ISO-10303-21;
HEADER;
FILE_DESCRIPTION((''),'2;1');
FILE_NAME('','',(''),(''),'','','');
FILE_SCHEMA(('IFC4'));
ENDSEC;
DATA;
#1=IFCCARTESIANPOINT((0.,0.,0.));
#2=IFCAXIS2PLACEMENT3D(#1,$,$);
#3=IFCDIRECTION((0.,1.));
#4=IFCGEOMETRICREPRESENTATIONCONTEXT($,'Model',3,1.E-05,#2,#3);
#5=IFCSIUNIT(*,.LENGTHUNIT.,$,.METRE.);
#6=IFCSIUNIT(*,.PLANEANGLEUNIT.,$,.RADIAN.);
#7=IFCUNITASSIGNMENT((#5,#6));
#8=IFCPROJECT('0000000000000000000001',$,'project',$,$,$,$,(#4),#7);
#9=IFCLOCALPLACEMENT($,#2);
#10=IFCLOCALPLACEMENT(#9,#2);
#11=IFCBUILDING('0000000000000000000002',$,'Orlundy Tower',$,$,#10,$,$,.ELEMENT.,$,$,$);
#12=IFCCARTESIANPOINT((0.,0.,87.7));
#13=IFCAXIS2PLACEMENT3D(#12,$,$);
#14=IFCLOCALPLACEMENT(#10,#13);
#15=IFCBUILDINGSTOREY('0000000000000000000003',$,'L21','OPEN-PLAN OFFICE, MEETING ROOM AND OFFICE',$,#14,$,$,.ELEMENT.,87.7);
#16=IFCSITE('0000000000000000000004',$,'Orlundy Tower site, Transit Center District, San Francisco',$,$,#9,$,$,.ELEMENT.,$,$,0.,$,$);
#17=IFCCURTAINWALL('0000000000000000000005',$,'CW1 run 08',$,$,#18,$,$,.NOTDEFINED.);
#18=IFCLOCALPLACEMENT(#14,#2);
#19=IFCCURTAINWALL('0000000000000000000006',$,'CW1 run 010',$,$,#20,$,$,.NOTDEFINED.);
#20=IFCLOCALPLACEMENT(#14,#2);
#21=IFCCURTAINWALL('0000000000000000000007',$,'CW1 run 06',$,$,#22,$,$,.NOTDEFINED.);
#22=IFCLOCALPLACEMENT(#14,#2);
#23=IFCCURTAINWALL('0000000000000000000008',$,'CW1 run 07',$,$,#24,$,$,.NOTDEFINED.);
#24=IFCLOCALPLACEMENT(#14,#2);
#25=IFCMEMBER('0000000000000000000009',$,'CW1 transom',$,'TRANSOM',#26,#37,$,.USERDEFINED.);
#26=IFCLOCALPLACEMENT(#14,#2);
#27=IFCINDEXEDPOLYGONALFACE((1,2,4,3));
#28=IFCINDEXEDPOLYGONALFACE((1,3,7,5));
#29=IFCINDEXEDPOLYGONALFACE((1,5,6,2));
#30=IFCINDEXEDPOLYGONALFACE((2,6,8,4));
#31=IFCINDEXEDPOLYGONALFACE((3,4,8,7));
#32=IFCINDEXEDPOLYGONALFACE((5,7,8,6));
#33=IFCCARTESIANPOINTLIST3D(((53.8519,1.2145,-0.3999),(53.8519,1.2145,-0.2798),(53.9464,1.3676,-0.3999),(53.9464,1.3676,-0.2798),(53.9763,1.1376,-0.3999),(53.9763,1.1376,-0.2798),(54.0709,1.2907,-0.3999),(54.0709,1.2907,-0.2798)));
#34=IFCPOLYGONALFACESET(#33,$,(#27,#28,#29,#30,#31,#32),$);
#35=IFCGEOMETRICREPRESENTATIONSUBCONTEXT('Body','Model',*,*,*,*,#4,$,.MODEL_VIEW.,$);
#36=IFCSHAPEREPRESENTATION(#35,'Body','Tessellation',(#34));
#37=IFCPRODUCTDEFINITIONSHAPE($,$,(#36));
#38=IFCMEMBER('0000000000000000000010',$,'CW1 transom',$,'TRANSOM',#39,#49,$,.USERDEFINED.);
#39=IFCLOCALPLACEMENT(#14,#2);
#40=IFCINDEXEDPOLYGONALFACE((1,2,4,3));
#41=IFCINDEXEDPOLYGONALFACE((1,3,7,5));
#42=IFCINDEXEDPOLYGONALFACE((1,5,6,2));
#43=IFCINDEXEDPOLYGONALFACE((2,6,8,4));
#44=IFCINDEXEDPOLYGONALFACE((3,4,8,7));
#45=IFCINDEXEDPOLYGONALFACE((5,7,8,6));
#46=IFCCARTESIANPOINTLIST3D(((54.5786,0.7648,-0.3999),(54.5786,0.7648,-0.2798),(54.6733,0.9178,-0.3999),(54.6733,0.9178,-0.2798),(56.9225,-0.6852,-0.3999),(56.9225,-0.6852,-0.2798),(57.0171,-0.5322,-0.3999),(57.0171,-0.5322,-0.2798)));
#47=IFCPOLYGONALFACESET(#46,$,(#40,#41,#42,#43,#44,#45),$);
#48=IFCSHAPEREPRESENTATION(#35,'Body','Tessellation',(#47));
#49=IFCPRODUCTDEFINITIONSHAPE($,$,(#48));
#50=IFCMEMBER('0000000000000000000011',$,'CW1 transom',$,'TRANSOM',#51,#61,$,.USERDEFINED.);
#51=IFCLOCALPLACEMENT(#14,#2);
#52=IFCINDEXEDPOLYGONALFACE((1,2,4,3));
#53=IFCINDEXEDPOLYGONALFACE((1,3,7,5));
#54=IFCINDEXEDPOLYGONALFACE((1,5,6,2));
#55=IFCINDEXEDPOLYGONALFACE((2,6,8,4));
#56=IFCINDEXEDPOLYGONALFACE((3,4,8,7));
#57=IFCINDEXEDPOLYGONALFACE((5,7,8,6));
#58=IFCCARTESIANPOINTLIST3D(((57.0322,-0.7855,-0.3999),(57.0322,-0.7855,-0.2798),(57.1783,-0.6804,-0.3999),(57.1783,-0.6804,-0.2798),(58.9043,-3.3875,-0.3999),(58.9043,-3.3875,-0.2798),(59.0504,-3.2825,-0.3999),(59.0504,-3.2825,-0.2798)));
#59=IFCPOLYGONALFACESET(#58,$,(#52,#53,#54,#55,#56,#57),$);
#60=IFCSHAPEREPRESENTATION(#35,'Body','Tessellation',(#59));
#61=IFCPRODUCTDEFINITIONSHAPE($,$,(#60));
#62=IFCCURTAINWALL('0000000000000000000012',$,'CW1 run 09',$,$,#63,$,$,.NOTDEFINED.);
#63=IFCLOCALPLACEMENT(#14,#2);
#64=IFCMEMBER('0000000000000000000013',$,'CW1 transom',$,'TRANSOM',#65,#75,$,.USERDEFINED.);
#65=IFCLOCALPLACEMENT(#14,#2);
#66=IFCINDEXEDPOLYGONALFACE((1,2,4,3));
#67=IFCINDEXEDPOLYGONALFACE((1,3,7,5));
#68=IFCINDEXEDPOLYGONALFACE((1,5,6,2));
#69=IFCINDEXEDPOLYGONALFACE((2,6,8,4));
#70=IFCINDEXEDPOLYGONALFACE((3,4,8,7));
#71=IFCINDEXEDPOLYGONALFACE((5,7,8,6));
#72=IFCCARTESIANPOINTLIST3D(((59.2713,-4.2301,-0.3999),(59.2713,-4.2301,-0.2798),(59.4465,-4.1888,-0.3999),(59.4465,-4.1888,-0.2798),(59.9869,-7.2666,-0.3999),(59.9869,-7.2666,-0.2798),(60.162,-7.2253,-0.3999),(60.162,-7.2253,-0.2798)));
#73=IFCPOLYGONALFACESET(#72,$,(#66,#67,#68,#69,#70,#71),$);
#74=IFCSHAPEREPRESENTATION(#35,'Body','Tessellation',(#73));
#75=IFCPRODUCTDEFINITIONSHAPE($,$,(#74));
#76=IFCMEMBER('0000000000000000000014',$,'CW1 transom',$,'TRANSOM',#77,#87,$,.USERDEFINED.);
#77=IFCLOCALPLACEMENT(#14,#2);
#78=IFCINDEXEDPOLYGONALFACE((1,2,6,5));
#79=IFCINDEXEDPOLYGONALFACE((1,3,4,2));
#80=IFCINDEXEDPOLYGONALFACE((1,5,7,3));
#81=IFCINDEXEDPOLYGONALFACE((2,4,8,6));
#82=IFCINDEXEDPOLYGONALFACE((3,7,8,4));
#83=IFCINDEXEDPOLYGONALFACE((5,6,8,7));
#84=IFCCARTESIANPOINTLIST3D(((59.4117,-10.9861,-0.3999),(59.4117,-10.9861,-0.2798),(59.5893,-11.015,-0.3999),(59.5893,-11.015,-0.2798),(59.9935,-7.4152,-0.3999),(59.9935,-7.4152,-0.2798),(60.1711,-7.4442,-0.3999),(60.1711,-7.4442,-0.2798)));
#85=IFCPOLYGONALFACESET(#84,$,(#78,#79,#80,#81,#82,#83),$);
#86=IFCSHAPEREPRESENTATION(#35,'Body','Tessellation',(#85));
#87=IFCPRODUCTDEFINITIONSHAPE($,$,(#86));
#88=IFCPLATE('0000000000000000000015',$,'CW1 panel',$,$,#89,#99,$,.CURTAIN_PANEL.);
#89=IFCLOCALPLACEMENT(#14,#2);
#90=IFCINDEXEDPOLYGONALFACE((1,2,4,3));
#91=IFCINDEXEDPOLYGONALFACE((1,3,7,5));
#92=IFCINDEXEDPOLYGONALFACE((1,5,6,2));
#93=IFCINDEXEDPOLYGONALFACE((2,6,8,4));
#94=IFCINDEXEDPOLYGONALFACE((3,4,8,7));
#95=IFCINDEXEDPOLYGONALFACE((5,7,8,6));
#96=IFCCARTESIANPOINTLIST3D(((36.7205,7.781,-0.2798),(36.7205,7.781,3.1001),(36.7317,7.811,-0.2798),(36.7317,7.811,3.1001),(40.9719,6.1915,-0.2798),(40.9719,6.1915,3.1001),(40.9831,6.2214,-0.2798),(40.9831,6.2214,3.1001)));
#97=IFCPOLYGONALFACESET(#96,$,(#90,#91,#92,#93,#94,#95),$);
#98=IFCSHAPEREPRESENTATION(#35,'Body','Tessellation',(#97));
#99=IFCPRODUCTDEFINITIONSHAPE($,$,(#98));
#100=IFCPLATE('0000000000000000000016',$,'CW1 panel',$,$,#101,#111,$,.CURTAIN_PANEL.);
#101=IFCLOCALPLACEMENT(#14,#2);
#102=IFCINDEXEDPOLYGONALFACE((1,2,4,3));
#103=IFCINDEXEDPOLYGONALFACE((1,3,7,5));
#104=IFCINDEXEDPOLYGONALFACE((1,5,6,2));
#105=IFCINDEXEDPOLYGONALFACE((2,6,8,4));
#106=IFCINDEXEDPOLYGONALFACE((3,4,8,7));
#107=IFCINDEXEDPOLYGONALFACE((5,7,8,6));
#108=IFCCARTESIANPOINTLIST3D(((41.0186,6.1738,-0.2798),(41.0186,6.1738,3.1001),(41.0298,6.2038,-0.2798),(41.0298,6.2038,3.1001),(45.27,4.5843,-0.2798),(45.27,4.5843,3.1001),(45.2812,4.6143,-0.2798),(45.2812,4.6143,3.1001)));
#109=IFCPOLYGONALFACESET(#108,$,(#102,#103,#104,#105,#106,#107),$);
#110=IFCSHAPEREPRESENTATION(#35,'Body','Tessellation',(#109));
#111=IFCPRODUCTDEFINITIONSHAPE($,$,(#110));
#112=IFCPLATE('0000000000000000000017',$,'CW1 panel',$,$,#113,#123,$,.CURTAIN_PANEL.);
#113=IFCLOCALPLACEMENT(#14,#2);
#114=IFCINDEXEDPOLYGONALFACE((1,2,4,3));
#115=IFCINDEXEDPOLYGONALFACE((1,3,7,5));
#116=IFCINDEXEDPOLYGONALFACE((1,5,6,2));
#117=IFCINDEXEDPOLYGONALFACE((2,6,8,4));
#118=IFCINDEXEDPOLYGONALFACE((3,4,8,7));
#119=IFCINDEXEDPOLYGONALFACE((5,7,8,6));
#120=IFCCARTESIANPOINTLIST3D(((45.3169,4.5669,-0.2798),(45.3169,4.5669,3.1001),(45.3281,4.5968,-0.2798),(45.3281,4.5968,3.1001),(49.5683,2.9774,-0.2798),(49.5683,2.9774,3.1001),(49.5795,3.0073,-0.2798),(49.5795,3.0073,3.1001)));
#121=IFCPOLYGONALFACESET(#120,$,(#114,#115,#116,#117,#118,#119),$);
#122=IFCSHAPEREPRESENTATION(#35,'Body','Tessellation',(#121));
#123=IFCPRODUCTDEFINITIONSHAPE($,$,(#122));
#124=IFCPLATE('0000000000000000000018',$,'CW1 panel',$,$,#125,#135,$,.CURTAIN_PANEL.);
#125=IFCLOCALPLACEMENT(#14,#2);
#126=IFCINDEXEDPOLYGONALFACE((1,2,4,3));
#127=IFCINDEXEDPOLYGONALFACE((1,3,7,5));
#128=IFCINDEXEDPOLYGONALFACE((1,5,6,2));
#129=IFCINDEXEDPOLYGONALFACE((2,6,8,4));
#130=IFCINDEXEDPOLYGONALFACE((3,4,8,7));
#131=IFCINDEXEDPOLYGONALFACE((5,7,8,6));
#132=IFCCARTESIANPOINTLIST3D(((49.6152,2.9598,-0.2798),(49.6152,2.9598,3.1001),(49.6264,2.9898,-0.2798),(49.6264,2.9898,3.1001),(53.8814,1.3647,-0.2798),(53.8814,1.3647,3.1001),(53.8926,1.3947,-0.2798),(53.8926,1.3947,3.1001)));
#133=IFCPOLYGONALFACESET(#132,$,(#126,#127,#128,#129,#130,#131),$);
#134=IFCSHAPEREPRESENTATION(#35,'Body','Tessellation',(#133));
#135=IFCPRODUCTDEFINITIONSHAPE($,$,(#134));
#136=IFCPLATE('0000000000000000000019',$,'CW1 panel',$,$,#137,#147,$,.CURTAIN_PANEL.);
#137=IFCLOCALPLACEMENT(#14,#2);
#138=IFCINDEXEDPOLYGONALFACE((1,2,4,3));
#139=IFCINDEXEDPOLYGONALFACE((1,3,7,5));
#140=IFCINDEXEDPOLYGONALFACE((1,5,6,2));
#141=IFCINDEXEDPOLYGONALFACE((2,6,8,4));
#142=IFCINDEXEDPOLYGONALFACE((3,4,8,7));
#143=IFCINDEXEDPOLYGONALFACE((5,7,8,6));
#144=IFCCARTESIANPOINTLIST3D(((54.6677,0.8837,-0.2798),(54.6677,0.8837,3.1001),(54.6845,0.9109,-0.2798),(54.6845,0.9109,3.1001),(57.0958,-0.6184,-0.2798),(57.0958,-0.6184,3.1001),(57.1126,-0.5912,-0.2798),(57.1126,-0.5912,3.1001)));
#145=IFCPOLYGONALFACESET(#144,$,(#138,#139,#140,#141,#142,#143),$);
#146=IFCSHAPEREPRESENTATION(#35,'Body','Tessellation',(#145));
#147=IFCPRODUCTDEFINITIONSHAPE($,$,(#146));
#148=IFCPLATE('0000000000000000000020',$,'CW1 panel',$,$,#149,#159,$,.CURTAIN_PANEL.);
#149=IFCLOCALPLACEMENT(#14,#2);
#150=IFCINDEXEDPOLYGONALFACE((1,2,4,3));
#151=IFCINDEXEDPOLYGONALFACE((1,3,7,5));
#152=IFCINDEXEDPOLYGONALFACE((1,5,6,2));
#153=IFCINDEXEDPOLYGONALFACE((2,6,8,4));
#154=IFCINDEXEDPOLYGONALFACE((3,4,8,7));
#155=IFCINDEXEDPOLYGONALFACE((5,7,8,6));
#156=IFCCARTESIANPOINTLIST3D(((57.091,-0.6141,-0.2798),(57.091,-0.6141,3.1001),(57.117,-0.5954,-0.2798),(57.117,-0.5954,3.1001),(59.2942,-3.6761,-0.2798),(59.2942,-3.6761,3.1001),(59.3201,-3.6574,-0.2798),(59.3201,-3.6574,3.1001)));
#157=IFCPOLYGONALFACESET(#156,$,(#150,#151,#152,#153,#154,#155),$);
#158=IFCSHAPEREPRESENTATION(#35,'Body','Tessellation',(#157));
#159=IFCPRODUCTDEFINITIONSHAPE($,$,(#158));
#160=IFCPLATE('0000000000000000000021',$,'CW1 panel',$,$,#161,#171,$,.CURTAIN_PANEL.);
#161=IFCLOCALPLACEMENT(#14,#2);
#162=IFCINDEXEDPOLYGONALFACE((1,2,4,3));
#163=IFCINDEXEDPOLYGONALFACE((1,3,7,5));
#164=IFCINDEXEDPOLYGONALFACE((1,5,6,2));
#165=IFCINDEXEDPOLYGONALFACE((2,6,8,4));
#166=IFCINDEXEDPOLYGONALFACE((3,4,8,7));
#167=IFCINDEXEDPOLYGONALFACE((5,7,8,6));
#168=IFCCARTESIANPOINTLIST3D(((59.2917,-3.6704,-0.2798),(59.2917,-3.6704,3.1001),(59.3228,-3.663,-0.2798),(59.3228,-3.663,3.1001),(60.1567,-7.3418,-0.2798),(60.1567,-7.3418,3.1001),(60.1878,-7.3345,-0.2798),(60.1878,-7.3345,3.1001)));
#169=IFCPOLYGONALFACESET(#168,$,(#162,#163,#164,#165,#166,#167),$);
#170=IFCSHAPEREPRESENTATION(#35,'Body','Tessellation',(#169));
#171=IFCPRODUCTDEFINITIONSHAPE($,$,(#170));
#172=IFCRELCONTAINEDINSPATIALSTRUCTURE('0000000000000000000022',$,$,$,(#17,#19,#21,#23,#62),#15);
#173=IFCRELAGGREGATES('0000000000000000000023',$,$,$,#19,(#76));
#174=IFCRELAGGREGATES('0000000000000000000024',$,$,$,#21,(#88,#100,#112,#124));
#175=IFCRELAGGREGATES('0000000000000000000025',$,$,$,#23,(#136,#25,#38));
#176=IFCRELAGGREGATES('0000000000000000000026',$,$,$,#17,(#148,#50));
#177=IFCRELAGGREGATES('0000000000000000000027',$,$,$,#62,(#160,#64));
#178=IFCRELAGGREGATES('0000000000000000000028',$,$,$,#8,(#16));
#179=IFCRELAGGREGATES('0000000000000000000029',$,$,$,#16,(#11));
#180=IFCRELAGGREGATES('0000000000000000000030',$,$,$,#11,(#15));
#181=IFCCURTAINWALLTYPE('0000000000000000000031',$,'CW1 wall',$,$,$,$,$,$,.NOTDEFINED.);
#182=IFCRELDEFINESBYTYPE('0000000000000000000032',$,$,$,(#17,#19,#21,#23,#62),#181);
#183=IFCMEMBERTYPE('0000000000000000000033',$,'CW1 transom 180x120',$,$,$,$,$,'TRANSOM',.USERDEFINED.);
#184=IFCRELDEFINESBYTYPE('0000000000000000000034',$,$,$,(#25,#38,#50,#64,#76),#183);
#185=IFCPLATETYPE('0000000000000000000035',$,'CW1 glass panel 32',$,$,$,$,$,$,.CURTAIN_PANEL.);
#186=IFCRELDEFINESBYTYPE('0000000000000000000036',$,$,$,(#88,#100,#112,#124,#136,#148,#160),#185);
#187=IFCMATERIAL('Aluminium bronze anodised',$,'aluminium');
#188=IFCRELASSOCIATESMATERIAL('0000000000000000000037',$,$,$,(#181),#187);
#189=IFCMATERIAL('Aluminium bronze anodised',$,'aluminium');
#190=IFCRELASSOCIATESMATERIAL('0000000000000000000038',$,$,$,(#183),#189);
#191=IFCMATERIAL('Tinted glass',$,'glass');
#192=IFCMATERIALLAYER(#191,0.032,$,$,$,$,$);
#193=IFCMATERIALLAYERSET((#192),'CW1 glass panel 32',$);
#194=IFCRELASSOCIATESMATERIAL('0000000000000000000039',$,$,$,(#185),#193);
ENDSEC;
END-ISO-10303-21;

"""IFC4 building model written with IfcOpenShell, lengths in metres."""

from ifc_helpers import new_model, si_unit, direction, frame, origin, origin_2d, place, context, subcontext, project, spatial, rectangle, extrude, material, layer, layer_set, material_profile, profile_set, type_object, element, aggregate, save


model = new_model("IFC4")

# Units and contexts
model_context = context("Model", 3, precision=1e-05, world=origin(), true_north=direction((0.0, 1.0)))
body_context = subcontext(model_context, "Body", "Model", "MODEL_VIEW")
ifc_project = project(units=[si_unit("LENGTHUNIT", "METRE"), si_unit("PLANEANGLEUNIT", "RADIAN")], contexts=[model_context])

# Site, building, storey
site_placement = place(None, origin())
site = spatial("IfcSite", under=ifc_project, at=site_placement, Name="Orlundy Tower site, Transit Center District, San Francisco", CompositionType="ELEMENT", RefElevation=0.0)
building_placement = place(site_placement, origin())
building = spatial("IfcBuilding", under=site, at=building_placement, Name="Orlundy Tower", CompositionType="ELEMENT")
storey_placement = place(building_placement, frame((0.0, 0.0, 87.7)))
storey = spatial("IfcBuildingStorey", under=building, at=storey_placement, Name="L21", Description="OPEN-PLAN OFFICE, MEETING ROOM AND OFFICE", CompositionType="ELEMENT", Elevation=87.7)

# Curtain walls
ifc_material_1 = material(Name="Aluminium bronze anodised", Category="aluminium")
curtain_wall_type = type_object("IfcCurtainWallType", Name="CW1 wall", PredefinedType="NOTDEFINED", material=ifc_material_1)
curtain_wall_1_placement = place(storey_placement, origin())
curtain_wall_1 = element("IfcCurtainWall", 1, at=curtain_wall_1_placement, inside=storey, type_object=curtain_wall_type, Name="CW1 run 08", PredefinedType="NOTDEFINED")
curtain_wall_2_placement = place(storey_placement, origin())
curtain_wall_2 = element("IfcCurtainWall", 2, at=curtain_wall_2_placement, inside=storey, type_object=curtain_wall_type, Name="CW1 run 010", PredefinedType="NOTDEFINED")

# Curtain wall
curtain_wall_3_placement = place(storey_placement, origin())
curtain_wall_3 = element("IfcCurtainWall", 3, at=curtain_wall_3_placement, inside=storey, type_object=curtain_wall_type, Name="CW1 run 06", PredefinedType="NOTDEFINED")

# Curtain wall
curtain_wall_4_placement = place(storey_placement, origin())
curtain_wall_4 = element("IfcCurtainWall", 4, at=curtain_wall_4_placement, inside=storey, type_object=curtain_wall_type, Name="CW1 run 07", PredefinedType="NOTDEFINED")

# Members
ifc_material_2 = material(Name="Aluminium bronze anodised", Category="aluminium")
ifc_material_profile_1 = material_profile(ifc_material_2, rectangle(XDim=0.1799, YDim=0.1201, at=origin_2d()), Name="CW1 transom 180x120")
ifc_profile_set_1 = profile_set([ifc_material_profile_1], Name="Aluminium bronze anodised")
member_type_1 = type_object("IfcMemberType", Name="CW1 transom 180x120", ElementType="TRANSOM", PredefinedType="USERDEFINED", material=ifc_profile_set_1)
member_1_placement = place(storey_placement, frame((53.8992, 1.291, -0.3398), z_axis=(0.850798, -0.525493, 0.0), x_axis=(0.525493, 0.850798, 0.0)))
member_1 = element("IfcMember", 5, at=member_1_placement, type_object=member_type_1, Name="CW1 transom", ObjectType="TRANSOM", PredefinedType="USERDEFINED", context=body_context, shape_type="SweptSolid", body=[
    extrude(rectangle(XDim=0.1799, YDim=0.1201, at=origin_2d()), origin(), (0.0, 0.0, 1.0), 0.1462),
])
member_2_placement = place(storey_placement, frame((54.626, 0.8413, -0.3398), z_axis=(0.850418, -0.526108, 0.0), x_axis=(0.526108, 0.850418, 0.0)))
member_2 = element("IfcMember", 6, at=member_2_placement, type_object=member_type_1, Name="CW1 transom", ObjectType="TRANSOM", PredefinedType="USERDEFINED", context=body_context, shape_type="SweptSolid", body=[
    extrude(rectangle(XDim=0.1799, YDim=0.1201, at=origin_2d()), origin(), (0.0, 0.0, 1.0), 2.7561),
])
member_3_placement = place(storey_placement, frame((57.1052, -0.7329, -0.3398), z_axis=(0.584016, -0.811742, 0.0), x_axis=(0.811742, 0.584016, 0.0)))
member_3 = element("IfcMember", 7, at=member_3_placement, type_object=member_type_1, Name="CW1 transom", ObjectType="TRANSOM", PredefinedType="USERDEFINED", context=body_context, shape_type="SweptSolid", body=[
    extrude(rectangle(XDim=0.1799, YDim=0.1201, at=origin_2d()), origin(), (0.0, 0.0, 1.0), 3.2056),
])

# Curtain wall, member
curtain_wall_5_placement = place(storey_placement, origin())
curtain_wall_5 = element("IfcCurtainWall", 8, at=curtain_wall_5_placement, inside=storey, type_object=curtain_wall_type, Name="CW1 run 09", PredefinedType="NOTDEFINED")
member_4_placement = place(storey_placement, frame((59.3589, -4.2095, -0.3398), z_axis=(0.229384, -0.973336, 0.0), x_axis=(0.973336, 0.229384, 0.0)))
member_4 = element("IfcMember", 9, at=member_4_placement, type_object=member_type_1, Name="CW1 transom", ObjectType="TRANSOM", PredefinedType="USERDEFINED", context=body_context, shape_type="SweptSolid", body=[
    extrude(rectangle(XDim=0.1799, YDim=0.1201, at=origin_2d()), origin(), (0.0, 0.0, 1.0), 3.1196),
])

# Member
member_5_placement = place(storey_placement, frame((60.0823, -7.4297, -0.3398), z_axis=(-0.160809, -0.986986, 0.0), x_axis=(0.986986, -0.160809, 0.0)))
member_5 = element("IfcMember", 10, at=member_5_placement, type_object=member_type_1, Name="CW1 transom", ObjectType="TRANSOM", PredefinedType="USERDEFINED", context=body_context, shape_type="SweptSolid", body=[
    extrude(rectangle(XDim=0.1799, YDim=0.1201, at=origin_2d()), origin(), (0.0, 0.0, 1.0), 3.6179),
])
aggregate(curtain_wall_2, [member_5])

# Plates
ifc_material_3 = material(Name="Tinted glass", Category="glass")
ifc_layer = layer(ifc_material_3, 0.032)
ifc_layer_set = layer_set([ifc_layer], Name="CW1 glass panel 32")
plate_type = type_object("IfcPlateType", Name="CW1 glass panel 32", PredefinedType="CURTAIN_PANEL", material=ifc_layer_set)
plate_1_placement = place(storey_placement, frame((38.8518, 7.0012, -0.2798), z_axis=(0.0, 0.0, 1.0), x_axis=(0.936674, -0.350204, 0.0)))
plate_1 = element("IfcPlate", 11, at=plate_1_placement, type_object=plate_type, Name="CW1 panel", PredefinedType="CURTAIN_PANEL", context=body_context, shape_type="SweptSolid", body=[
    extrude(rectangle(XDim=4.5388, YDim=0.032, at=origin_2d()), origin(), (0.0, 0.0, 1.0), 3.3799),
])
plate_2_placement = place(storey_placement, frame((43.1499, 5.394, -0.2798), z_axis=(0.0, 0.0, 1.0), x_axis=(0.936674, -0.350204, 0.0)))
plate_2 = element("IfcPlate", 12, at=plate_2_placement, type_object=plate_type, Name="CW1 panel", PredefinedType="CURTAIN_PANEL", context=body_context, shape_type="SweptSolid", body=[
    extrude(rectangle(XDim=4.5388, YDim=0.032, at=origin_2d()), origin(), (0.0, 0.0, 1.0), 3.3799),
])
plate_3_placement = place(storey_placement, frame((47.4482, 3.7871, -0.2798), z_axis=(0.0, 0.0, 1.0), x_axis=(0.936674, -0.350204, 0.0)))
plate_3 = element("IfcPlate", 13, at=plate_3_placement, type_object=plate_type, Name="CW1 panel", PredefinedType="CURTAIN_PANEL", context=body_context, shape_type="SweptSolid", body=[
    extrude(rectangle(XDim=4.5388, YDim=0.032, at=origin_2d()), origin(), (0.0, 0.0, 1.0), 3.3799),
])
plate_4_placement = place(storey_placement, frame((51.7539, 2.1772, -0.2798), z_axis=(0.0, 0.0, 1.0), x_axis=(0.936674, -0.350204, 0.0)))
plate_4 = element("IfcPlate", 14, at=plate_4_placement, type_object=plate_type, Name="CW1 panel", PredefinedType="CURTAIN_PANEL", context=body_context, shape_type="SweptSolid", body=[
    extrude(rectangle(XDim=4.5547, YDim=0.032, at=origin_2d()), origin(), (0.0, 0.0, 1.0), 3.3799),
])
aggregate(curtain_wall_3, [plate_1, plate_2, plate_3, plate_4])
plate_5_placement = place(storey_placement, frame((55.8901, 0.1462, -0.2798), z_axis=(0.0, 0.0, 1.0), x_axis=(0.850415, -0.526113, 0.0)))
plate_5 = element("IfcPlate", 15, at=plate_5_placement, type_object=plate_type, Name="CW1 panel", PredefinedType="CURTAIN_PANEL", context=body_context, shape_type="SweptSolid", body=[
    extrude(rectangle(XDim=2.8552, YDim=0.032, at=origin_2d()), origin(), (0.0, 0.0, 1.0), 3.3799),
])
aggregate(curtain_wall_4, [plate_5, member_1, member_2])
plate_6_placement = place(storey_placement, frame((58.2056, -2.1357, -0.2798), z_axis=(0.0, 0.0, 1.0), x_axis=(0.584042, -0.811724, 0.0)))
plate_6 = element("IfcPlate", 16, at=plate_6_placement, type_object=plate_type, Name="CW1 panel", PredefinedType="CURTAIN_PANEL", context=body_context, shape_type="SweptSolid", body=[
    extrude(rectangle(XDim=3.7722, YDim=0.032, at=origin_2d()), origin(), (0.0, 0.0, 1.0), 3.3799),
])
aggregate(curtain_wall_1, [plate_6, member_3])
plate_7_placement = place(storey_placement, frame((59.7397, -5.5024, -0.2798), z_axis=(0.0, 0.0, 1.0), x_axis=(0.22931, -0.973353, 0.0)))
plate_7 = element("IfcPlate", 17, at=plate_7_placement, type_object=plate_type, Name="CW1 panel", PredefinedType="CURTAIN_PANEL", context=body_context, shape_type="SweptSolid", body=[
    extrude(rectangle(XDim=3.772, YDim=0.032, at=origin_2d()), origin(), (0.0, 0.0, 1.0), 3.3799),
])
aggregate(curtain_wall_5, [plate_7, member_4])

save(model, "model.ifc")
